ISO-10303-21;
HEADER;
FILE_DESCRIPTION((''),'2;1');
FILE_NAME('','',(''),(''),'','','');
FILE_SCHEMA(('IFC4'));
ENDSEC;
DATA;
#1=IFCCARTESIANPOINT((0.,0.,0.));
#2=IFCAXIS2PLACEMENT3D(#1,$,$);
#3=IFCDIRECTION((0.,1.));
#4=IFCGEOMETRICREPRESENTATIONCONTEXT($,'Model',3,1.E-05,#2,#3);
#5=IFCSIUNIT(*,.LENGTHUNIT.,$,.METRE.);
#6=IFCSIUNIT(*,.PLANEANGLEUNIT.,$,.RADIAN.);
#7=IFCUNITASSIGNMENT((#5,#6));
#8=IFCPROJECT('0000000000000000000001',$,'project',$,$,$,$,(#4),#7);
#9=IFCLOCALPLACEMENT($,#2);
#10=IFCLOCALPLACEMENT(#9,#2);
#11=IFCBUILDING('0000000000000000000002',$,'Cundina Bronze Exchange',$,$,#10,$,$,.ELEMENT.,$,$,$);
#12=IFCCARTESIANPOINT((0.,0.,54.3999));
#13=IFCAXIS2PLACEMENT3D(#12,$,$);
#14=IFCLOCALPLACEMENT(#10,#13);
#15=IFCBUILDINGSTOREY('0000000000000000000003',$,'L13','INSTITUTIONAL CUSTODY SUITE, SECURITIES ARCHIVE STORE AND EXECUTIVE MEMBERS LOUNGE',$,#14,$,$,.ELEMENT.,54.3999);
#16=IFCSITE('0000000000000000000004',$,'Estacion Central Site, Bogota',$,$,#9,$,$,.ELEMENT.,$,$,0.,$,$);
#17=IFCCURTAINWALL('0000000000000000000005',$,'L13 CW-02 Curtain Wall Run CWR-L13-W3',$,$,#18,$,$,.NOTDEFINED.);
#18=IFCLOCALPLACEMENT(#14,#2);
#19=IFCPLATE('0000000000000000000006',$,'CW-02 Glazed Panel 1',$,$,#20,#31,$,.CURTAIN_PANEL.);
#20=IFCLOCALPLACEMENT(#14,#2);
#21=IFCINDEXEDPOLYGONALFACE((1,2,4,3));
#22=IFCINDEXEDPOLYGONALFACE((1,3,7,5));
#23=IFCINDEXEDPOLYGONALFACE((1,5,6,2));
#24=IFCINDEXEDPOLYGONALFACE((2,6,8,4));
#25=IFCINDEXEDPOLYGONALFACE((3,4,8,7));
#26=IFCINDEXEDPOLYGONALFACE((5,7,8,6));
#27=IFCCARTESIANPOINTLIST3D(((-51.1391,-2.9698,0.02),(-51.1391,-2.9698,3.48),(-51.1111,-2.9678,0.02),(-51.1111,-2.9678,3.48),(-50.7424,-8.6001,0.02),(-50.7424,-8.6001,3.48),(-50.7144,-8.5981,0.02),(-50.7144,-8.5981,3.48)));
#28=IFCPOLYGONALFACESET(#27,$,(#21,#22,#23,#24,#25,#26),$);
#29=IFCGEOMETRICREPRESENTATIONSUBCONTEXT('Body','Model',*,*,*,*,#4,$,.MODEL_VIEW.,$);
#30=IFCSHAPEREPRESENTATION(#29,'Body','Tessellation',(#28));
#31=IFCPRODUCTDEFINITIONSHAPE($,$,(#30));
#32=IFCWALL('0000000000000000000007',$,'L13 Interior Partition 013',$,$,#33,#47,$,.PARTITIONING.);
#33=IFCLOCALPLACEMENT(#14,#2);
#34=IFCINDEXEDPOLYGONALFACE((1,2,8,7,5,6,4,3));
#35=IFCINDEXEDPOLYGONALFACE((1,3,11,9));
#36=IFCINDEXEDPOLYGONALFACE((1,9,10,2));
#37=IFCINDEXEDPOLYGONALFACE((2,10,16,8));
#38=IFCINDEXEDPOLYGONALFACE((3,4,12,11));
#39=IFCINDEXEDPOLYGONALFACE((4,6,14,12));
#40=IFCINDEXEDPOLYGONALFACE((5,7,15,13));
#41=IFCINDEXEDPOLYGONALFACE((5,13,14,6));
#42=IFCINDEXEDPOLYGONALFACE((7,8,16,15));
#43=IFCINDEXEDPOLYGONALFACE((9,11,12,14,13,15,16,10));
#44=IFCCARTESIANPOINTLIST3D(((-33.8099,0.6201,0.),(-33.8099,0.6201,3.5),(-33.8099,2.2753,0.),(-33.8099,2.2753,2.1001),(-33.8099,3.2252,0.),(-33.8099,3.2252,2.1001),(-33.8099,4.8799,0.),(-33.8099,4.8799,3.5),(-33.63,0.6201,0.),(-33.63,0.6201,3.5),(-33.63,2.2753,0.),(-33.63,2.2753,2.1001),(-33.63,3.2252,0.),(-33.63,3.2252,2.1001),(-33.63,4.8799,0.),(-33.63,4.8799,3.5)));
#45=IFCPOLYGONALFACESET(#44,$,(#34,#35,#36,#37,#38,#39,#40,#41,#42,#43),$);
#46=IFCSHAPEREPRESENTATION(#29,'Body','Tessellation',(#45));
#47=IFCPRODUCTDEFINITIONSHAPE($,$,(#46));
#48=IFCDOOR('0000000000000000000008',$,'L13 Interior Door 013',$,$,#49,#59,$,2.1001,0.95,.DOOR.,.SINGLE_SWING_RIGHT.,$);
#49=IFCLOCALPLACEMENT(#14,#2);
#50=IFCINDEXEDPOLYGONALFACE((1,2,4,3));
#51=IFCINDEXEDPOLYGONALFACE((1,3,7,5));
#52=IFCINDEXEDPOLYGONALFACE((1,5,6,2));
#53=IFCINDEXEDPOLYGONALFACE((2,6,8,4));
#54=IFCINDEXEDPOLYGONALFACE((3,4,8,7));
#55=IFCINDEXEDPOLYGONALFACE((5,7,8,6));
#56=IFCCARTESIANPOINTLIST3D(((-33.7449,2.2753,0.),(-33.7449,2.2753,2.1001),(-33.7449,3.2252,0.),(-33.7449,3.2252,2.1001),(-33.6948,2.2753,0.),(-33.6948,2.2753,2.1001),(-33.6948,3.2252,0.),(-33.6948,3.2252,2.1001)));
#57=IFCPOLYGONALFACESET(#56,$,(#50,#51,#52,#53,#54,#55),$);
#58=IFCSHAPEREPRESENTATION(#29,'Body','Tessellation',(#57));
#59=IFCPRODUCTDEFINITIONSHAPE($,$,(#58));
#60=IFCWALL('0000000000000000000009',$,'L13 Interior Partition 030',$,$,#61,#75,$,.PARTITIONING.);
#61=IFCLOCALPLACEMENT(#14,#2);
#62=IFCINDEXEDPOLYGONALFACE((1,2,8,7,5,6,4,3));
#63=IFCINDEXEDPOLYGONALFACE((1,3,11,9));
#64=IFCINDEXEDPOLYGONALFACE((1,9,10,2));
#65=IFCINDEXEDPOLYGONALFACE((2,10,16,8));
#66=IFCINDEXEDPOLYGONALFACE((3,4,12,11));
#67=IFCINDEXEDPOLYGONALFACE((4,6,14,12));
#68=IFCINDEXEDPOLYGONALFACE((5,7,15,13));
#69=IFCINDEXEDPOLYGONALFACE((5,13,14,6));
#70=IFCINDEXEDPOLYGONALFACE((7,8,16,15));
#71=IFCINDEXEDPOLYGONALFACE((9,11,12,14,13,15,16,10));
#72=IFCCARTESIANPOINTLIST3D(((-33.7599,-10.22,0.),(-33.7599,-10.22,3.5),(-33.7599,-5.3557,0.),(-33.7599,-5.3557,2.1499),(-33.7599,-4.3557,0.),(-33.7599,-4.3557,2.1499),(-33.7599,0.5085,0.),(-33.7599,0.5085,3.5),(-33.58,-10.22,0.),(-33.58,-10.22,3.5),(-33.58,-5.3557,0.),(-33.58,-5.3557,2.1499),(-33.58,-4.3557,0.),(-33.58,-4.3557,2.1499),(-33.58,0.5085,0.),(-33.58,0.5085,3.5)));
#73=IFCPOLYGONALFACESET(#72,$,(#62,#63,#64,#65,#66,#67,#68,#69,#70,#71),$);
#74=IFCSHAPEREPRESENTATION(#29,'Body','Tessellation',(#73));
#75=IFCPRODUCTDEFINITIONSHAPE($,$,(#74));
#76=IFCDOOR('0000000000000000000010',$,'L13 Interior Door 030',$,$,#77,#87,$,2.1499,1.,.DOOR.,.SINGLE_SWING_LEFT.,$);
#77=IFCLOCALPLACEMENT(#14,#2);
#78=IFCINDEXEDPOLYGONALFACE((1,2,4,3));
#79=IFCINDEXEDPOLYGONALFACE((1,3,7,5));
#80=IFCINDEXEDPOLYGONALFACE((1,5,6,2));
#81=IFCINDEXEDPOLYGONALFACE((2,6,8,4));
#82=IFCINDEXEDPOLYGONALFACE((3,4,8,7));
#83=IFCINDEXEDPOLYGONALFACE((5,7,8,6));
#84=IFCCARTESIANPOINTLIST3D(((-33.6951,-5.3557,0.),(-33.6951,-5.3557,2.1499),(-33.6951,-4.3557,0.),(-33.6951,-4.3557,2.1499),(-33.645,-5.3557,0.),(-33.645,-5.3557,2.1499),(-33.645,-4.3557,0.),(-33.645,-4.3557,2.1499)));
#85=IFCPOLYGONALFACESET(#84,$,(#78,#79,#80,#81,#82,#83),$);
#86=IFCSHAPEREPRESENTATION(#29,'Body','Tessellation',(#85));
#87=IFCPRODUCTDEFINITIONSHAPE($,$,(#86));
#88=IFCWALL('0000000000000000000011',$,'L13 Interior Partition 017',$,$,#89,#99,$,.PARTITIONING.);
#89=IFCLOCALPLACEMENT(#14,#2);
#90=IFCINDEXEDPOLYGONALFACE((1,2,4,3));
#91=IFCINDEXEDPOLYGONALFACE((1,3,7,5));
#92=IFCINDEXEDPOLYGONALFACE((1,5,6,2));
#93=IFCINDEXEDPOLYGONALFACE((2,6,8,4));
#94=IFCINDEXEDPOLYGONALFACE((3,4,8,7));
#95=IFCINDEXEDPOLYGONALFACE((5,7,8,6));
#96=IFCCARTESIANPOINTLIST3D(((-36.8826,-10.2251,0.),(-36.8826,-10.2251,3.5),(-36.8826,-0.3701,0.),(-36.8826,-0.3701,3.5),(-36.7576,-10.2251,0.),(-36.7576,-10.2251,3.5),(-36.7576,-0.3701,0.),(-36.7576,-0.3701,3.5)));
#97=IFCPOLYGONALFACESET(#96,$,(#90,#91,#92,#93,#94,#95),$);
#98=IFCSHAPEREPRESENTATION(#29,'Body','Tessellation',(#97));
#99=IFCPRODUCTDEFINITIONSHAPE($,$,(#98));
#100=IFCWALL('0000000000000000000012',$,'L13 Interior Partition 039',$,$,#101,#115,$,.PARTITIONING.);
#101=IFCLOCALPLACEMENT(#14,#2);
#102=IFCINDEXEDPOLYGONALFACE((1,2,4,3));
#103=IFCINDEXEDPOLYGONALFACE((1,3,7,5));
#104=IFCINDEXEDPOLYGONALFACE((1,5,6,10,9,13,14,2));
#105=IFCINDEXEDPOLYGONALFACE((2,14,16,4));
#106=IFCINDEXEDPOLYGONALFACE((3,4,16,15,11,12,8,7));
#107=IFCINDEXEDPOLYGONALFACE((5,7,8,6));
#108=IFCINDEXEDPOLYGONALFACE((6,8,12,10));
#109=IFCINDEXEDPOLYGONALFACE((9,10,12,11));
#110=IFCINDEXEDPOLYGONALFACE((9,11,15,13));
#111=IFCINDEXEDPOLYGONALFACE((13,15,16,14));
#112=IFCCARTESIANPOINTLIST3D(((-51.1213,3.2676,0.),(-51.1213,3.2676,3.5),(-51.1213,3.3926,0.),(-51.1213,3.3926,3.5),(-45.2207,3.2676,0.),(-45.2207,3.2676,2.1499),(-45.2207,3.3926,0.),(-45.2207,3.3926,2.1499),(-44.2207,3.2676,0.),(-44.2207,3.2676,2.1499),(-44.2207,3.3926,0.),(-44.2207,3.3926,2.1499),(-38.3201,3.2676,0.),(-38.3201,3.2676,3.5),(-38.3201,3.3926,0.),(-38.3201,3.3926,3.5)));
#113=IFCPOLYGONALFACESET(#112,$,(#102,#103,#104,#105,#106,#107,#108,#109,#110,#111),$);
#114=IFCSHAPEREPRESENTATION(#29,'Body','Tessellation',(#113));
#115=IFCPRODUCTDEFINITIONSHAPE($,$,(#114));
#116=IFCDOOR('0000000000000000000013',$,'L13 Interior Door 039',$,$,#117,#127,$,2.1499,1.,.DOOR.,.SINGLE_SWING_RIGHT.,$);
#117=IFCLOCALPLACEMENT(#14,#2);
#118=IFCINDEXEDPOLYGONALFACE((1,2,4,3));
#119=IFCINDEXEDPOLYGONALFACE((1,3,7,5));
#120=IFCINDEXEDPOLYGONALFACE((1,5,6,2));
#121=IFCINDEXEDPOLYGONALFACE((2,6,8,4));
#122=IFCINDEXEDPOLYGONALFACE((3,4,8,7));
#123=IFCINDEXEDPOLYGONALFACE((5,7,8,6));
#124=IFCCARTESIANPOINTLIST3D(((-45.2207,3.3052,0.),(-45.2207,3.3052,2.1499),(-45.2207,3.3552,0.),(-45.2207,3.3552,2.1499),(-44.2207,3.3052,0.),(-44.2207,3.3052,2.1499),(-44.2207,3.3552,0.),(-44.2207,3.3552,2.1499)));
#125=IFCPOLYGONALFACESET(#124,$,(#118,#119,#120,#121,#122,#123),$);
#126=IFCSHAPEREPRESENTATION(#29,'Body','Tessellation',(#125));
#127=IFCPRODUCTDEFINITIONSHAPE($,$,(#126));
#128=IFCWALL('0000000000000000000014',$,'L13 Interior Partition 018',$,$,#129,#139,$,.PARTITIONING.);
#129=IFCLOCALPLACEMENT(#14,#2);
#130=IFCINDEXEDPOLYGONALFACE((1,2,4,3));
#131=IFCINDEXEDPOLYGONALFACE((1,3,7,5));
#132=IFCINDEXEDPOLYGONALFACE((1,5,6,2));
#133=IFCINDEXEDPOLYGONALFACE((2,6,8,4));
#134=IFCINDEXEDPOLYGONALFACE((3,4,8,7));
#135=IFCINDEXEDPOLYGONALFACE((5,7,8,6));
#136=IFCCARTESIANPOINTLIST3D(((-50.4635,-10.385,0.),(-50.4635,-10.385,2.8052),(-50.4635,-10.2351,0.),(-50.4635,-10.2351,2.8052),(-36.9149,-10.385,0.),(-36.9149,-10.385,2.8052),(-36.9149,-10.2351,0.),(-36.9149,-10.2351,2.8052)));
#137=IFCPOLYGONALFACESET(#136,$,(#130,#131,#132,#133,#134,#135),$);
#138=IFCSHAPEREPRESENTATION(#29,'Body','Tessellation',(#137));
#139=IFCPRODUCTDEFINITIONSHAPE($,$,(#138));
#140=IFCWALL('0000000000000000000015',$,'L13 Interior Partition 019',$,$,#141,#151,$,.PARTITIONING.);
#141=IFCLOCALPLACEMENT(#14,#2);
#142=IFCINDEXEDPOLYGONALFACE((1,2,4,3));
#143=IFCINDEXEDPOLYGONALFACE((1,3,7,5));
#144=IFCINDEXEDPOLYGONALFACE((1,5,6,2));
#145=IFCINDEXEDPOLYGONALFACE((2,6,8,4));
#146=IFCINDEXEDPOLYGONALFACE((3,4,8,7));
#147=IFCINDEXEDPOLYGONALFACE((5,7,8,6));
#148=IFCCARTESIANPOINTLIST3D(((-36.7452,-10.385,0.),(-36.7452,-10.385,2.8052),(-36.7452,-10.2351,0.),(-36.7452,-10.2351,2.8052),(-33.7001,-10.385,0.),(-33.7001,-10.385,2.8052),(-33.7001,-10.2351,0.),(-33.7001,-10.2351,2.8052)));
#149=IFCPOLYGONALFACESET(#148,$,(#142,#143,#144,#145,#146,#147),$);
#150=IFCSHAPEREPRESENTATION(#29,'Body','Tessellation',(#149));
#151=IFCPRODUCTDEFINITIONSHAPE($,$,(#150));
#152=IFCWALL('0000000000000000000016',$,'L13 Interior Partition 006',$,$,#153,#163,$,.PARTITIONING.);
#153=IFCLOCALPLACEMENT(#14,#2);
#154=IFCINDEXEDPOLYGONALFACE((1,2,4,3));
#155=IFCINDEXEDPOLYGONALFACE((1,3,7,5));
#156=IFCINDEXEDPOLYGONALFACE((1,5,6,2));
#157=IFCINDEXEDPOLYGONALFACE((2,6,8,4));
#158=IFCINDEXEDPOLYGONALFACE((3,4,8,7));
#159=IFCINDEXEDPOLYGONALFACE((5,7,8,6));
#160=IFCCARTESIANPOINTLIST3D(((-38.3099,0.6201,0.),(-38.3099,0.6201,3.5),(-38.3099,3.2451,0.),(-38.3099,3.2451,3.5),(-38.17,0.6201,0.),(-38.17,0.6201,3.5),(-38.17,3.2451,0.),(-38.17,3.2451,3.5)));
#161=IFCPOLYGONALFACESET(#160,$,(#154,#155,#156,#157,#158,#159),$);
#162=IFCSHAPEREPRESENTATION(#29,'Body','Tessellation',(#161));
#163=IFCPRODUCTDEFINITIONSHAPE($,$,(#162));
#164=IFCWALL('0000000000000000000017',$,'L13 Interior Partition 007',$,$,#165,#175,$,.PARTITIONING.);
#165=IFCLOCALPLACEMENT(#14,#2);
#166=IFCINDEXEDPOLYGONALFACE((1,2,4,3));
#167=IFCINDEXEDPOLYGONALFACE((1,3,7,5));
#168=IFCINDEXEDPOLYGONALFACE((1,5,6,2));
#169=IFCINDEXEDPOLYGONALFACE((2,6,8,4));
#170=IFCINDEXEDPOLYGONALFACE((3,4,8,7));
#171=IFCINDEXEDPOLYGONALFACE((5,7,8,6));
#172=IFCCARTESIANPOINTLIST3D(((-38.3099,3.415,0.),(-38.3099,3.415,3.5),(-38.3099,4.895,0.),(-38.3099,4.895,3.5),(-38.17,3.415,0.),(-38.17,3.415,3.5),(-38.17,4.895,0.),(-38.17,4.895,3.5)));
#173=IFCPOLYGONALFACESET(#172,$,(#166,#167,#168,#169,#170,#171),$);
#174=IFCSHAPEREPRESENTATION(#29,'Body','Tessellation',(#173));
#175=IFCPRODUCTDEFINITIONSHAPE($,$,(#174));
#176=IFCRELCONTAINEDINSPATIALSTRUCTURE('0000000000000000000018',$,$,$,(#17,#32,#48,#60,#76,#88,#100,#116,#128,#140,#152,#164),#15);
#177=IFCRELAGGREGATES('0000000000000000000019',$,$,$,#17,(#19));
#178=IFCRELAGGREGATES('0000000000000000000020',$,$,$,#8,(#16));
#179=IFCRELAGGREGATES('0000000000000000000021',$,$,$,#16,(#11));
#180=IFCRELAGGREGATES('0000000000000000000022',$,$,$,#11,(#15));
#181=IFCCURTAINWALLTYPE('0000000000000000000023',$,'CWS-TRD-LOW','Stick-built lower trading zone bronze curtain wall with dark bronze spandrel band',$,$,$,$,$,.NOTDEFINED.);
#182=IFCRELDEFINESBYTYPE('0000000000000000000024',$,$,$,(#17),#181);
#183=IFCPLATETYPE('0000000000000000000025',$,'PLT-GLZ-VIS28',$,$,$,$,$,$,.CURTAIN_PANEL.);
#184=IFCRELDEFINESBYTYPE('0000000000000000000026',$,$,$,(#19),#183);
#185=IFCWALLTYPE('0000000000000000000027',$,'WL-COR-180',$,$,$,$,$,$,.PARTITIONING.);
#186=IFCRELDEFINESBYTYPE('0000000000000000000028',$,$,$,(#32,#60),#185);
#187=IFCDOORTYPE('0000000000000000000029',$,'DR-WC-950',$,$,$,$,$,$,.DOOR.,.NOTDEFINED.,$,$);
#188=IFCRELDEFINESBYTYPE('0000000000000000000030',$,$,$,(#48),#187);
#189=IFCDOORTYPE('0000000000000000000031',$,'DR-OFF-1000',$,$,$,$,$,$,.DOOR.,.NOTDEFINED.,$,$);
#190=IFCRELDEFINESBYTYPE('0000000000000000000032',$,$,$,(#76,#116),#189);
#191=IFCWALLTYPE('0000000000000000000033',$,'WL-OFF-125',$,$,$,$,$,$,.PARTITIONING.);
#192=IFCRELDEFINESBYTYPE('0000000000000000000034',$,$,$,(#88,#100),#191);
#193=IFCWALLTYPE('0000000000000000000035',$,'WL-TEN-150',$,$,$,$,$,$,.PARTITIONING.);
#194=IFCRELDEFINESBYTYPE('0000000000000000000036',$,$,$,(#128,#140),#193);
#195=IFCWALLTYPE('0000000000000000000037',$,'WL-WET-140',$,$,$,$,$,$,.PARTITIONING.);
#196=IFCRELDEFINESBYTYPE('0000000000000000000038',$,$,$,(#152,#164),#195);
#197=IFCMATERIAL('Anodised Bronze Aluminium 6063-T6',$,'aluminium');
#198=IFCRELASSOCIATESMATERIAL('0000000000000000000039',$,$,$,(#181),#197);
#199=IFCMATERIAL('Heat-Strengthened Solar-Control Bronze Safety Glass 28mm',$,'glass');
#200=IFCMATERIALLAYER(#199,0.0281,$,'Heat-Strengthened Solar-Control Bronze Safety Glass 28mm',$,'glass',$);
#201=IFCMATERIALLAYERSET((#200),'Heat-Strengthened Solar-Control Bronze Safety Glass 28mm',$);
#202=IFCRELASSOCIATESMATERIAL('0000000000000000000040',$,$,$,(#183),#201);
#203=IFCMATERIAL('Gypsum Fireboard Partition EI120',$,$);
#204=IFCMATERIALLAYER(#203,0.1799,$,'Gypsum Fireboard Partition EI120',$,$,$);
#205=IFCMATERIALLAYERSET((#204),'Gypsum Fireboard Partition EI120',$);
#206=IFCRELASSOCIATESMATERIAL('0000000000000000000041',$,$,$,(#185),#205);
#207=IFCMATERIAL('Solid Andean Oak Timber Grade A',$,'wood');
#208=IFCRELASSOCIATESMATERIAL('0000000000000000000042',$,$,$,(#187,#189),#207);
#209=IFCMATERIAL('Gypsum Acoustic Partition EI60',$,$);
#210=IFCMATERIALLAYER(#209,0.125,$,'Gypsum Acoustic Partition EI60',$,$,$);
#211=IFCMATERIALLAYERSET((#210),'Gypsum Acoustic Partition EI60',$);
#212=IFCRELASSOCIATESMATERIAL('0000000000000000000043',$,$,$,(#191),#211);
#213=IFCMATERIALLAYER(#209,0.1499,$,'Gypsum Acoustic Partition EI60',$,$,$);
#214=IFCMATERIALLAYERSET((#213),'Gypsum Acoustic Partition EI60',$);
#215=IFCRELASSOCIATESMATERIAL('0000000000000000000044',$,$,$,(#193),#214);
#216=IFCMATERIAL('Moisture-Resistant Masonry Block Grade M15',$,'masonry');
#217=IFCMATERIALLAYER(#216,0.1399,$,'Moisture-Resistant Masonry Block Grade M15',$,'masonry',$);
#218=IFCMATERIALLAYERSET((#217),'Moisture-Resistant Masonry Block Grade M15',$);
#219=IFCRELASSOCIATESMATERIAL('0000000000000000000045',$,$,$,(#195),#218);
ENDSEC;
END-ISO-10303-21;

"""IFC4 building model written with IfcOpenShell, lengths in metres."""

from ifc_helpers import new_model, si_unit, direction, frame, frame_2d, origin, origin_2d, place, context, subcontext, project, spatial, rectangle, extrude, material, layer, layer_set, type_object, element, fill, aggregate, save


model = new_model("IFC4")

# Units and contexts
model_context = context("Model", 3, precision=1e-05, world=origin(), true_north=direction((0.0, 1.0)))
body_context = subcontext(model_context, "Body", "Model", "MODEL_VIEW")
ifc_project = project(units=[si_unit("LENGTHUNIT", "METRE"), si_unit("PLANEANGLEUNIT", "RADIAN")], contexts=[model_context])

# Site, building, storey
site_placement = place(None, origin())
site = spatial("IfcSite", under=ifc_project, at=site_placement, Name="Estacion Central Site, Bogota", CompositionType="ELEMENT", RefElevation=0.0)
building_placement = place(site_placement, origin())
building = spatial("IfcBuilding", under=site, at=building_placement, Name="Cundina Bronze Exchange", CompositionType="ELEMENT")
storey_placement = place(building_placement, frame((0.0, 0.0, 54.3999)))
storey = spatial("IfcBuildingStorey", under=building, at=storey_placement, Name="L13", Description="INSTITUTIONAL CUSTODY SUITE, SECURITIES ARCHIVE STORE AND EXECUTIVE MEMBERS LOUNGE", CompositionType="ELEMENT", Elevation=54.3999)

# Curtain wall
ifc_material_1 = material(Name="Anodised Bronze Aluminium 6063-T6", Category="aluminium")
curtain_wall_type = type_object("IfcCurtainWallType", Name="CWS-TRD-LOW", Description="Stick-built lower trading zone bronze curtain wall with dark bronze spandrel band", PredefinedType="NOTDEFINED", material=ifc_material_1)
curtain_wall_1_placement = place(storey_placement, origin())
curtain_wall_1 = element("IfcCurtainWall", 1, at=curtain_wall_1_placement, inside=storey, type_object=curtain_wall_type, Name="L13 CW-02 Curtain Wall Run CWR-L13-W3", PredefinedType="NOTDEFINED")

# Plate
ifc_material_2 = material(Name="Heat-Strengthened Solar-Control Bronze Safety Glass 28mm", Category="glass")
ifc_layer_1 = layer(ifc_material_2, 0.0281, Name="Heat-Strengthened Solar-Control Bronze Safety Glass 28mm", Category="glass")
ifc_layer_set_1 = layer_set([ifc_layer_1], Name="Heat-Strengthened Solar-Control Bronze Safety Glass 28mm")
plate_type = type_object("IfcPlateType", Name="PLT-GLZ-VIS28", PredefinedType="CURTAIN_PANEL", material=ifc_layer_set_1)
plate_1_placement = place(storey_placement, frame((-50.9268, -5.7839, 0.02), z_axis=(0.0, 0.0, 1.0), x_axis=(0.070279, -0.997527, 0.0)))
plate_1 = element("IfcPlate", 2, at=plate_1_placement, type_object=plate_type, Name="CW-02 Glazed Panel 1", PredefinedType="CURTAIN_PANEL", context=body_context, shape_type="SweptSolid", body=[
    extrude(rectangle(XDim=5.6443, YDim=0.0281, at=origin_2d()), origin(), (0.0, 0.0, 1.0), 3.46),
])
aggregate(curtain_wall_1, [plate_1])

# Walls, openings, doors
ifc_material_3 = material(Name="Gypsum Fireboard Partition EI120")
ifc_layer_2 = layer(ifc_material_3, 0.1799, Name="Gypsum Fireboard Partition EI120")
ifc_layer_set_2 = layer_set([ifc_layer_2], Name="Gypsum Fireboard Partition EI120")
wall_type_1 = type_object("IfcWallType", Name="WL-COR-180", PredefinedType="PARTITIONING", material=ifc_layer_set_2)
wall_1_placement = place(storey_placement, frame((-33.72, 0.6201, 0.0), z_axis=(0.0, 0.0, 1.0), x_axis=(0.0, 1.0, 0.0)))
wall_1 = element("IfcWall", 3, at=wall_1_placement, inside=storey, type_object=wall_type_1, Name="L13 Interior Partition 013", PredefinedType="PARTITIONING", context=body_context, shape_type="SweptSolid", body=[
    extrude(rectangle(XDim=4.2598, YDim=0.1799, at=frame_2d((2.1299, 0.0))), origin(), (0.0, 0.0, 1.0), 3.5),
])
opening_1_placement = place(wall_1_placement, frame((1.655, 0.0, 0.0)))
opening_1 = element("IfcOpeningElement", 4, at=opening_1_placement, cuts=wall_1, PredefinedType="OPENING", context=body_context, shape_type="SweptSolid", body=[
    extrude(rectangle(XDim=0.95, YDim=2.1001, at=frame_2d((0.4751, 1.05))), frame((0.0, 0.0999, 0.0), z_axis=(0.0, -1.0, 0.0), x_axis=(1.0, 0.0, 0.0)), (0.0, 0.0, 1.0), 0.2),
])
ifc_material_4 = material(Name="Solid Andean Oak Timber Grade A", Category="wood")
door_type_1 = type_object("IfcDoorType", Name="DR-WC-950", OperationType="NOTDEFINED", PredefinedType="DOOR", material=ifc_material_4)
door_1_placement = place(opening_1_placement, origin())
door_1 = element("IfcDoor", 5, at=door_1_placement, inside=storey, type_object=door_type_1, Name="L13 Interior Door 013", OperationType="SINGLE_SWING_RIGHT", OverallHeight=2.1001, OverallWidth=0.95, PredefinedType="DOOR", context=body_context, shape_type="SweptSolid", body=[
    extrude(rectangle(XDim=0.95, YDim=2.1001, at=frame_2d((0.4751, 1.05))), frame((0.0, 0.0249, 0.0), z_axis=(0.0, -1.0, 0.0), x_axis=(1.0, 0.0, 0.0)), (0.0, 0.0, 1.0), 0.05),
])
fill(opening_1, door_1)
wall_2_placement = place(storey_placement, frame((-33.6699, 0.5085, 0.0), z_axis=(0.0, 0.0, 1.0), x_axis=(0.0, -1.0, 0.0)))
wall_2 = element("IfcWall", 6, at=wall_2_placement, inside=storey, type_object=wall_type_1, Name="L13 Interior Partition 030", PredefinedType="PARTITIONING", context=body_context, shape_type="SweptSolid", body=[
    extrude(rectangle(XDim=10.7285, YDim=0.1799, at=frame_2d((5.3643, 0.0))), origin(), (0.0, 0.0, 1.0), 3.5),
])
opening_2_placement = place(wall_2_placement, frame((4.8643, 0.0, 0.0)))
opening_2 = element("IfcOpeningElement", 7, at=opening_2_placement, cuts=wall_2, PredefinedType="OPENING", context=body_context, shape_type="SweptSolid", body=[
    extrude(rectangle(XDim=1.0, YDim=2.1499, at=frame_2d((0.5, 1.075))), frame((0.0, 0.0999, 0.0), z_axis=(0.0, -1.0, 0.0), x_axis=(1.0, 0.0, 0.0)), (0.0, 0.0, 1.0), 0.2),
])
door_type_2 = type_object("IfcDoorType", Name="DR-OFF-1000", OperationType="NOTDEFINED", PredefinedType="DOOR", material=ifc_material_4)
door_2_placement = place(opening_2_placement, origin())
door_2 = element("IfcDoor", 8, at=door_2_placement, inside=storey, type_object=door_type_2, Name="L13 Interior Door 030", OperationType="SINGLE_SWING_LEFT", OverallHeight=2.1499, OverallWidth=1.0, PredefinedType="DOOR", context=body_context, shape_type="SweptSolid", body=[
    extrude(rectangle(XDim=1.0, YDim=2.1499, at=frame_2d((0.5, 1.075))), frame((0.0, 0.0249, 0.0), z_axis=(0.0, -1.0, 0.0), x_axis=(1.0, 0.0, 0.0)), (0.0, 0.0, 1.0), 0.05),
])
fill(opening_2, door_2)

# Wall
ifc_material_5 = material(Name="Gypsum Acoustic Partition EI60")
ifc_layer_3 = layer(ifc_material_5, 0.125, Name="Gypsum Acoustic Partition EI60")
ifc_layer_set_3 = layer_set([ifc_layer_3], Name="Gypsum Acoustic Partition EI60")
wall_type_2 = type_object("IfcWallType", Name="WL-OFF-125", PredefinedType="PARTITIONING", material=ifc_layer_set_3)
wall_3_placement = place(storey_placement, frame((-36.8201, -10.2251, 0.0), z_axis=(0.0, 0.0, 1.0), x_axis=(0.0, 1.0, 0.0)))
element("IfcWall", 9, at=wall_3_placement, inside=storey, type_object=wall_type_2, Name="L13 Interior Partition 017", PredefinedType="PARTITIONING", context=body_context, shape_type="SweptSolid", body=[
    extrude(rectangle(XDim=9.855, YDim=0.125, at=frame_2d((4.9275, 0.0))), origin(), (0.0, 0.0, 1.0), 3.5),
])

# Wall, opening, door
wall_4_placement = place(storey_placement, frame((-38.3201, 3.3301, 0.0), z_axis=(0.0, 0.0, 1.0), x_axis=(-1.0, 0.0, 0.0)))
wall_4 = element("IfcWall", 10, at=wall_4_placement, inside=storey, type_object=wall_type_2, Name="L13 Interior Partition 039", PredefinedType="PARTITIONING", context=body_context, shape_type="SweptSolid", body=[
    extrude(rectangle(XDim=12.8013, YDim=0.125, at=frame_2d((6.4006, 0.0))), origin(), (0.0, 0.0, 1.0), 3.5),
])
opening_3_placement = place(wall_4_placement, frame((5.9006, 0.0, 0.0)))
opening_3 = element("IfcOpeningElement", 11, at=opening_3_placement, cuts=wall_4, PredefinedType="OPENING", context=body_context, shape_type="SweptSolid", body=[
    extrude(rectangle(XDim=1.0, YDim=2.1499, at=frame_2d((0.5, 1.075))), frame((0.0, 0.0725, 0.0), z_axis=(0.0, -1.0, 0.0), x_axis=(1.0, 0.0, 0.0)), (0.0, 0.0, 1.0), 0.145),
])
door_3_placement = place(opening_3_placement, origin())
door_3 = element("IfcDoor", 12, at=door_3_placement, inside=storey, type_object=door_type_2, Name="L13 Interior Door 039", OperationType="SINGLE_SWING_RIGHT", OverallHeight=2.1499, OverallWidth=1.0, PredefinedType="DOOR", context=body_context, shape_type="SweptSolid", body=[
    extrude(rectangle(XDim=1.0, YDim=2.1499, at=frame_2d((0.5, 1.075))), frame((0.0, 0.0249, 0.0), z_axis=(0.0, -1.0, 0.0), x_axis=(1.0, 0.0, 0.0)), (0.0, 0.0, 1.0), 0.05),
])
fill(opening_3, door_3)

# Walls
ifc_layer_4 = layer(ifc_material_5, 0.1499, Name="Gypsum Acoustic Partition EI60")
ifc_layer_set_4 = layer_set([ifc_layer_4], Name="Gypsum Acoustic Partition EI60")
wall_type_3 = type_object("IfcWallType", Name="WL-TEN-150", PredefinedType="PARTITIONING", material=ifc_layer_set_4)
wall_5_placement = place(storey_placement, frame((-50.4636, -10.3101, 0.0), z_axis=(0.0, 0.0, 1.0), x_axis=(1.0, 0.0, 0.0)))
element("IfcWall", 13, at=wall_5_placement, inside=storey, type_object=wall_type_3, Name="L13 Interior Partition 018", PredefinedType="PARTITIONING", context=body_context, shape_type="SweptSolid", body=[
    extrude(rectangle(XDim=13.5486, YDim=0.1499, at=frame_2d((6.7744, 0.0))), origin(), (0.0, 0.0, 1.0), 2.8052),
])
wall_6_placement = place(storey_placement, frame((-36.7451, -10.3101, 0.0), z_axis=(0.0, 0.0, 1.0), x_axis=(1.0, 0.0, 0.0)))
element("IfcWall", 14, at=wall_6_placement, inside=storey, type_object=wall_type_3, Name="L13 Interior Partition 019", PredefinedType="PARTITIONING", context=body_context, shape_type="SweptSolid", body=[
    extrude(rectangle(XDim=3.0452, YDim=0.1499, at=frame_2d((1.5225, 0.0))), origin(), (0.0, 0.0, 1.0), 2.8052),
])
ifc_material_6 = material(Name="Moisture-Resistant Masonry Block Grade M15", Category="masonry")
ifc_layer_5 = layer(ifc_material_6, 0.1399, Name="Moisture-Resistant Masonry Block Grade M15", Category="masonry")
ifc_layer_set_5 = layer_set([ifc_layer_5], Name="Moisture-Resistant Masonry Block Grade M15")
wall_type_4 = type_object("IfcWallType", Name="WL-WET-140", PredefinedType="PARTITIONING", material=ifc_layer_set_5)
wall_7_placement = place(storey_placement, frame((-38.24, 0.6201, 0.0), z_axis=(0.0, 0.0, 1.0), x_axis=(0.0, 1.0, 0.0)))
element("IfcWall", 15, at=wall_7_placement, inside=storey, type_object=wall_type_4, Name="L13 Interior Partition 006", PredefinedType="PARTITIONING", context=body_context, shape_type="SweptSolid", body=[
    extrude(rectangle(XDim=2.625, YDim=0.1399, at=frame_2d((1.3125, 0.0))), origin(), (0.0, 0.0, 1.0), 3.5),
])
wall_8_placement = place(storey_placement, frame((-38.24, 3.415, 0.0), z_axis=(0.0, 0.0, 1.0), x_axis=(0.0, 1.0, 0.0)))
element("IfcWall", 16, at=wall_8_placement, inside=storey, type_object=wall_type_4, Name="L13 Interior Partition 007", PredefinedType="PARTITIONING", context=body_context, shape_type="SweptSolid", body=[
    extrude(rectangle(XDim=1.48, YDim=0.1399, at=frame_2d((0.74, 0.0))), origin(), (0.0, 0.0, 1.0), 3.5),
])

save(model, "model.ifc")
